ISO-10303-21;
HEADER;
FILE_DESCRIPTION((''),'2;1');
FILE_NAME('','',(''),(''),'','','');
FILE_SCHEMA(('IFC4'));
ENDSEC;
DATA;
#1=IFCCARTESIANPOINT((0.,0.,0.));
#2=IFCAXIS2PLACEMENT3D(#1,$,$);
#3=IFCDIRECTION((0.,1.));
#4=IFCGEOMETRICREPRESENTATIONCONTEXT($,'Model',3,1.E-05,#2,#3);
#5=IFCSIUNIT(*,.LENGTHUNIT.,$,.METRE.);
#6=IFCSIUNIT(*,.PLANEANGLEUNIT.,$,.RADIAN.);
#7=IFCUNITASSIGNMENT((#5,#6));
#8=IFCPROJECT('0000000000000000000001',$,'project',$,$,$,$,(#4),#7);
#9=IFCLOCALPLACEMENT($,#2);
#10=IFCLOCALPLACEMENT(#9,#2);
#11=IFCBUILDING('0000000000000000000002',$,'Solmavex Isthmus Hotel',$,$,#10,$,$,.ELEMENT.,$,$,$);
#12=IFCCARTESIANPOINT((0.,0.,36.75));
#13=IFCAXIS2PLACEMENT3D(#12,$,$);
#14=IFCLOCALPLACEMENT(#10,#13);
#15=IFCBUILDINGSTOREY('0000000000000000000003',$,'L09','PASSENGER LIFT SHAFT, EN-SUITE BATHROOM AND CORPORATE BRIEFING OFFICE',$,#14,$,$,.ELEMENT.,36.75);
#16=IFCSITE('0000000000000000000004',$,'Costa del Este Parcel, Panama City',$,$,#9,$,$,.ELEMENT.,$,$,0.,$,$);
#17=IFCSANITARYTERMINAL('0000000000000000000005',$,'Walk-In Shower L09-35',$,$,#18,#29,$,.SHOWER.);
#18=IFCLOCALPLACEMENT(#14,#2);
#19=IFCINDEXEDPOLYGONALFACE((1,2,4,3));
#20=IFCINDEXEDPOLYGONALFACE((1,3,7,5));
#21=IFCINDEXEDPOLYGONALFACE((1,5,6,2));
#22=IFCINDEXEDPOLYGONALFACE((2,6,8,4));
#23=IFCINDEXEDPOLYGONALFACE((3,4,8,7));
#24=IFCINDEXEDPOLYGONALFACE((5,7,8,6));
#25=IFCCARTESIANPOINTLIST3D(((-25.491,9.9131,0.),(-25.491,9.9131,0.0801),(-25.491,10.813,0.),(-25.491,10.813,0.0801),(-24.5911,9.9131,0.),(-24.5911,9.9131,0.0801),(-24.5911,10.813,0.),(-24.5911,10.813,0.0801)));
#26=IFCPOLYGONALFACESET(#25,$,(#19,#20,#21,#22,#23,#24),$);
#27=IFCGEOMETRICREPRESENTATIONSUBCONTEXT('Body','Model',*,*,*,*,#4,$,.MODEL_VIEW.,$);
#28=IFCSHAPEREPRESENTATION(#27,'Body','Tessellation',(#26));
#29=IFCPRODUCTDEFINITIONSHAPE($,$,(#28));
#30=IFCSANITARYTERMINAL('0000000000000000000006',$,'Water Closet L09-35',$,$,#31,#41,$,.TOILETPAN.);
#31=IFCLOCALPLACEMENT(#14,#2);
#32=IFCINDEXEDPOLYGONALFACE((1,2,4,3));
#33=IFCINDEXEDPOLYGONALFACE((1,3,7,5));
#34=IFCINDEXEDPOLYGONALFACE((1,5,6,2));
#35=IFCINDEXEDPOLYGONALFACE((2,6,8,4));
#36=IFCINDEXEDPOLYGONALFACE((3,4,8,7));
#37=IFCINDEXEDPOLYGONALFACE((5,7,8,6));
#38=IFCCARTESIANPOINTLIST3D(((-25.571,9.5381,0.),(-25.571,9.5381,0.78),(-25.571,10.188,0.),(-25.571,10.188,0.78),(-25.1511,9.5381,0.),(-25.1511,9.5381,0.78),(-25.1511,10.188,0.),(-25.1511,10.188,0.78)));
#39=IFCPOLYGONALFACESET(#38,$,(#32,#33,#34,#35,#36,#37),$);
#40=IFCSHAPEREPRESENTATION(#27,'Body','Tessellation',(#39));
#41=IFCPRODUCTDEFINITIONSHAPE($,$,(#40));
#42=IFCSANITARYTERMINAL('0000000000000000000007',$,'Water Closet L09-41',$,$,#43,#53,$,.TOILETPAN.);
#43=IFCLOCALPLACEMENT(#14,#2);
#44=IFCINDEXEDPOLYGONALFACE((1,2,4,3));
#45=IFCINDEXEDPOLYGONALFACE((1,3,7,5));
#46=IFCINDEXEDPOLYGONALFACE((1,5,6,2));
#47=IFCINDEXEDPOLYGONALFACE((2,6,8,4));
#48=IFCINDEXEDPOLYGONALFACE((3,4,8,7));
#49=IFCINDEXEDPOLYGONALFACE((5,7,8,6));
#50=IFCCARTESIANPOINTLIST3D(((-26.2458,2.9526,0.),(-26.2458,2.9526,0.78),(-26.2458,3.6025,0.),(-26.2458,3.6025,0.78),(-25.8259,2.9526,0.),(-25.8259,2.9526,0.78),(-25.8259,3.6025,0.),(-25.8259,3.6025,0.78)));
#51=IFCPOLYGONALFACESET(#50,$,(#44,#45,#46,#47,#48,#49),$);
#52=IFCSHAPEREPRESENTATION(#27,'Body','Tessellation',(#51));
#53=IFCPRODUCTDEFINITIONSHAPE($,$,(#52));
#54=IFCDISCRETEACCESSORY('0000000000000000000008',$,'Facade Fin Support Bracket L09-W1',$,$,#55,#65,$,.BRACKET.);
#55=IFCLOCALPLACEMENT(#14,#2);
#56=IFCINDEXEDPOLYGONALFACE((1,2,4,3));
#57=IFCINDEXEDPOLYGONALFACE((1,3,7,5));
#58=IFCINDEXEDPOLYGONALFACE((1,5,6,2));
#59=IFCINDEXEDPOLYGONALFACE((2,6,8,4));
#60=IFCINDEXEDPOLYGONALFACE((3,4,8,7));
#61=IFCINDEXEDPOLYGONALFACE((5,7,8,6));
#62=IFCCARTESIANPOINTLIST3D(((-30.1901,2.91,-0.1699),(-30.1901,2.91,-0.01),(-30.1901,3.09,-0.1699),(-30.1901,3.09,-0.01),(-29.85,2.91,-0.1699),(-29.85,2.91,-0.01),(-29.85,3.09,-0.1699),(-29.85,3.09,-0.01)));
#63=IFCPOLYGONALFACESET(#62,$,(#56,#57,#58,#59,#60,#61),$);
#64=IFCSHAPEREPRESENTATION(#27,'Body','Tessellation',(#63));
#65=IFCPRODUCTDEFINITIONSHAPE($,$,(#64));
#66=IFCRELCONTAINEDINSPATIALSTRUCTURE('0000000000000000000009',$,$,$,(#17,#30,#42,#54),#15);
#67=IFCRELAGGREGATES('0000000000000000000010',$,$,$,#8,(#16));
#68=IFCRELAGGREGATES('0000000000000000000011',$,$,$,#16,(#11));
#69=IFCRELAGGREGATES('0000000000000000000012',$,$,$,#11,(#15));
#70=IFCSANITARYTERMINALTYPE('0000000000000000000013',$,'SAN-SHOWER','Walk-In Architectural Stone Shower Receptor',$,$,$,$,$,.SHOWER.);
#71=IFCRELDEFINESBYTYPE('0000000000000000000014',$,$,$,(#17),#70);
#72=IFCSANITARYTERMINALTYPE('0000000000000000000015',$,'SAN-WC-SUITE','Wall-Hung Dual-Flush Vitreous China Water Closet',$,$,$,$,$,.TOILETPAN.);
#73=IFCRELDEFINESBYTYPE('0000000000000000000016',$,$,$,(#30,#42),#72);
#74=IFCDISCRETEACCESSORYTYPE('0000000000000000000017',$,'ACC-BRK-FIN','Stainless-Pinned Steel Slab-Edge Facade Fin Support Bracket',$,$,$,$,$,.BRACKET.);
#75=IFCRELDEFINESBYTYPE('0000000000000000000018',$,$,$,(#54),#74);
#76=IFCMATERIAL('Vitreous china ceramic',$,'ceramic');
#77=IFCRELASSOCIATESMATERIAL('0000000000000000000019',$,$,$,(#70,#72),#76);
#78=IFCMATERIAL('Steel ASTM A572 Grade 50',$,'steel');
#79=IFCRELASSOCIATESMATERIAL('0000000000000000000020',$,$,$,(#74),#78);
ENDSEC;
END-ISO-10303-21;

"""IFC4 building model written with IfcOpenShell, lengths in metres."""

from ifc_helpers import new_model, si_unit, direction, frame, origin, origin_2d, place, context, subcontext, project, spatial, rectangle, extrude, material, type_object, element, save


model = new_model("IFC4")

# Units and contexts
model_context = context("Model", 3, precision=1e-05, world=origin(), true_north=direction((0.0, 1.0)))
body_context = subcontext(model_context, "Body", "Model", "MODEL_VIEW")
ifc_project = project(units=[si_unit("LENGTHUNIT", "METRE"), si_unit("PLANEANGLEUNIT", "RADIAN")], contexts=[model_context])

# Site, building, storey
site_placement = place(None, origin())
site = spatial("IfcSite", under=ifc_project, at=site_placement, Name="Costa del Este Parcel, Panama City", CompositionType="ELEMENT", RefElevation=0.0)
building_placement = place(site_placement, origin())
building = spatial("IfcBuilding", under=site, at=building_placement, Name="Solmavex Isthmus Hotel", CompositionType="ELEMENT")
storey_placement = place(building_placement, frame((0.0, 0.0, 36.75)))
storey = spatial("IfcBuildingStorey", under=building, at=storey_placement, Name="L09", Description="PASSENGER LIFT SHAFT, EN-SUITE BATHROOM AND CORPORATE BRIEFING OFFICE", CompositionType="ELEMENT", Elevation=36.75)

# Sanitary terminals
ifc_material_1 = material(Name="Vitreous china ceramic", Category="ceramic")
sanitary_terminal_type_1 = type_object("IfcSanitaryTerminalType", Name="SAN-SHOWER", Description="Walk-In Architectural Stone Shower Receptor", PredefinedType="SHOWER", material=ifc_material_1)
sanitary_terminal_placement = place(storey_placement, frame((-25.041, 10.363, 0.0), z_axis=(0.0, 0.0, 1.0), x_axis=(1.0, 0.0, 0.0)))
element("IfcSanitaryTerminal", 1, at=sanitary_terminal_placement, inside=storey, type_object=sanitary_terminal_type_1, Name="Walk-In Shower L09-35", PredefinedType="SHOWER", context=body_context, shape_type="SweptSolid", body=[
    extrude(rectangle(XDim=0.8999, YDim=0.8999, at=origin_2d()), origin(), (0.0, 0.0, 1.0), 0.0801),
])
sanitary_terminal_type_2 = type_object("IfcSanitaryTerminalType", Name="SAN-WC-SUITE", Description="Wall-Hung Dual-Flush Vitreous China Water Closet", PredefinedType="TOILETPAN", material=ifc_material_1)
for number, where, z_axis, x_axis, name in (
    (2, (-25.3611, 9.863, 0.0), (0.0, 0.0, 1.0), (1.0, 0.0, 0.0), "Water Closet L09-35"),
    (3, (-26.0359, 3.2776, 0.0), (0.0, 0.0, 1.0), (1.0, 0.0, 0.0), "Water Closet L09-41"),
):
    element("IfcSanitaryTerminal", number, at=place(storey_placement, frame(where, z_axis=z_axis, x_axis=x_axis)), inside=storey, type_object=sanitary_terminal_type_2, Name=name, PredefinedType="TOILETPAN", context=body_context, shape_type="SweptSolid", body=[
        extrude(rectangle(XDim=0.4199, YDim=0.6499, at=origin_2d()), origin(), (0.0, 0.0, 1.0), 0.78),
    ])

# Discrete accessory
ifc_material_2 = material(Name="Steel ASTM A572 Grade 50", Category="steel")
discrete_accessory_type = type_object("IfcDiscreteAccessoryType", Name="ACC-BRK-FIN", Description="Stainless-Pinned Steel Slab-Edge Facade Fin Support Bracket", PredefinedType="BRACKET", material=ifc_material_2)
discrete_accessory_placement = place(storey_placement, frame((-30.02, 3.0, -0.1699), z_axis=(0.0, 0.0, 1.0), x_axis=(-1.0, 0.0, 0.0)))
element("IfcDiscreteAccessory", 4, at=discrete_accessory_placement, inside=storey, type_object=discrete_accessory_type, Name="Facade Fin Support Bracket L09-W1", PredefinedType="BRACKET", context=body_context, shape_type="SweptSolid", body=[
    extrude(rectangle(XDim=0.3401, YDim=0.1799, at=origin_2d()), origin(), (0.0, 0.0, 1.0), 0.1599),
])

save(model, "model.ifc")
